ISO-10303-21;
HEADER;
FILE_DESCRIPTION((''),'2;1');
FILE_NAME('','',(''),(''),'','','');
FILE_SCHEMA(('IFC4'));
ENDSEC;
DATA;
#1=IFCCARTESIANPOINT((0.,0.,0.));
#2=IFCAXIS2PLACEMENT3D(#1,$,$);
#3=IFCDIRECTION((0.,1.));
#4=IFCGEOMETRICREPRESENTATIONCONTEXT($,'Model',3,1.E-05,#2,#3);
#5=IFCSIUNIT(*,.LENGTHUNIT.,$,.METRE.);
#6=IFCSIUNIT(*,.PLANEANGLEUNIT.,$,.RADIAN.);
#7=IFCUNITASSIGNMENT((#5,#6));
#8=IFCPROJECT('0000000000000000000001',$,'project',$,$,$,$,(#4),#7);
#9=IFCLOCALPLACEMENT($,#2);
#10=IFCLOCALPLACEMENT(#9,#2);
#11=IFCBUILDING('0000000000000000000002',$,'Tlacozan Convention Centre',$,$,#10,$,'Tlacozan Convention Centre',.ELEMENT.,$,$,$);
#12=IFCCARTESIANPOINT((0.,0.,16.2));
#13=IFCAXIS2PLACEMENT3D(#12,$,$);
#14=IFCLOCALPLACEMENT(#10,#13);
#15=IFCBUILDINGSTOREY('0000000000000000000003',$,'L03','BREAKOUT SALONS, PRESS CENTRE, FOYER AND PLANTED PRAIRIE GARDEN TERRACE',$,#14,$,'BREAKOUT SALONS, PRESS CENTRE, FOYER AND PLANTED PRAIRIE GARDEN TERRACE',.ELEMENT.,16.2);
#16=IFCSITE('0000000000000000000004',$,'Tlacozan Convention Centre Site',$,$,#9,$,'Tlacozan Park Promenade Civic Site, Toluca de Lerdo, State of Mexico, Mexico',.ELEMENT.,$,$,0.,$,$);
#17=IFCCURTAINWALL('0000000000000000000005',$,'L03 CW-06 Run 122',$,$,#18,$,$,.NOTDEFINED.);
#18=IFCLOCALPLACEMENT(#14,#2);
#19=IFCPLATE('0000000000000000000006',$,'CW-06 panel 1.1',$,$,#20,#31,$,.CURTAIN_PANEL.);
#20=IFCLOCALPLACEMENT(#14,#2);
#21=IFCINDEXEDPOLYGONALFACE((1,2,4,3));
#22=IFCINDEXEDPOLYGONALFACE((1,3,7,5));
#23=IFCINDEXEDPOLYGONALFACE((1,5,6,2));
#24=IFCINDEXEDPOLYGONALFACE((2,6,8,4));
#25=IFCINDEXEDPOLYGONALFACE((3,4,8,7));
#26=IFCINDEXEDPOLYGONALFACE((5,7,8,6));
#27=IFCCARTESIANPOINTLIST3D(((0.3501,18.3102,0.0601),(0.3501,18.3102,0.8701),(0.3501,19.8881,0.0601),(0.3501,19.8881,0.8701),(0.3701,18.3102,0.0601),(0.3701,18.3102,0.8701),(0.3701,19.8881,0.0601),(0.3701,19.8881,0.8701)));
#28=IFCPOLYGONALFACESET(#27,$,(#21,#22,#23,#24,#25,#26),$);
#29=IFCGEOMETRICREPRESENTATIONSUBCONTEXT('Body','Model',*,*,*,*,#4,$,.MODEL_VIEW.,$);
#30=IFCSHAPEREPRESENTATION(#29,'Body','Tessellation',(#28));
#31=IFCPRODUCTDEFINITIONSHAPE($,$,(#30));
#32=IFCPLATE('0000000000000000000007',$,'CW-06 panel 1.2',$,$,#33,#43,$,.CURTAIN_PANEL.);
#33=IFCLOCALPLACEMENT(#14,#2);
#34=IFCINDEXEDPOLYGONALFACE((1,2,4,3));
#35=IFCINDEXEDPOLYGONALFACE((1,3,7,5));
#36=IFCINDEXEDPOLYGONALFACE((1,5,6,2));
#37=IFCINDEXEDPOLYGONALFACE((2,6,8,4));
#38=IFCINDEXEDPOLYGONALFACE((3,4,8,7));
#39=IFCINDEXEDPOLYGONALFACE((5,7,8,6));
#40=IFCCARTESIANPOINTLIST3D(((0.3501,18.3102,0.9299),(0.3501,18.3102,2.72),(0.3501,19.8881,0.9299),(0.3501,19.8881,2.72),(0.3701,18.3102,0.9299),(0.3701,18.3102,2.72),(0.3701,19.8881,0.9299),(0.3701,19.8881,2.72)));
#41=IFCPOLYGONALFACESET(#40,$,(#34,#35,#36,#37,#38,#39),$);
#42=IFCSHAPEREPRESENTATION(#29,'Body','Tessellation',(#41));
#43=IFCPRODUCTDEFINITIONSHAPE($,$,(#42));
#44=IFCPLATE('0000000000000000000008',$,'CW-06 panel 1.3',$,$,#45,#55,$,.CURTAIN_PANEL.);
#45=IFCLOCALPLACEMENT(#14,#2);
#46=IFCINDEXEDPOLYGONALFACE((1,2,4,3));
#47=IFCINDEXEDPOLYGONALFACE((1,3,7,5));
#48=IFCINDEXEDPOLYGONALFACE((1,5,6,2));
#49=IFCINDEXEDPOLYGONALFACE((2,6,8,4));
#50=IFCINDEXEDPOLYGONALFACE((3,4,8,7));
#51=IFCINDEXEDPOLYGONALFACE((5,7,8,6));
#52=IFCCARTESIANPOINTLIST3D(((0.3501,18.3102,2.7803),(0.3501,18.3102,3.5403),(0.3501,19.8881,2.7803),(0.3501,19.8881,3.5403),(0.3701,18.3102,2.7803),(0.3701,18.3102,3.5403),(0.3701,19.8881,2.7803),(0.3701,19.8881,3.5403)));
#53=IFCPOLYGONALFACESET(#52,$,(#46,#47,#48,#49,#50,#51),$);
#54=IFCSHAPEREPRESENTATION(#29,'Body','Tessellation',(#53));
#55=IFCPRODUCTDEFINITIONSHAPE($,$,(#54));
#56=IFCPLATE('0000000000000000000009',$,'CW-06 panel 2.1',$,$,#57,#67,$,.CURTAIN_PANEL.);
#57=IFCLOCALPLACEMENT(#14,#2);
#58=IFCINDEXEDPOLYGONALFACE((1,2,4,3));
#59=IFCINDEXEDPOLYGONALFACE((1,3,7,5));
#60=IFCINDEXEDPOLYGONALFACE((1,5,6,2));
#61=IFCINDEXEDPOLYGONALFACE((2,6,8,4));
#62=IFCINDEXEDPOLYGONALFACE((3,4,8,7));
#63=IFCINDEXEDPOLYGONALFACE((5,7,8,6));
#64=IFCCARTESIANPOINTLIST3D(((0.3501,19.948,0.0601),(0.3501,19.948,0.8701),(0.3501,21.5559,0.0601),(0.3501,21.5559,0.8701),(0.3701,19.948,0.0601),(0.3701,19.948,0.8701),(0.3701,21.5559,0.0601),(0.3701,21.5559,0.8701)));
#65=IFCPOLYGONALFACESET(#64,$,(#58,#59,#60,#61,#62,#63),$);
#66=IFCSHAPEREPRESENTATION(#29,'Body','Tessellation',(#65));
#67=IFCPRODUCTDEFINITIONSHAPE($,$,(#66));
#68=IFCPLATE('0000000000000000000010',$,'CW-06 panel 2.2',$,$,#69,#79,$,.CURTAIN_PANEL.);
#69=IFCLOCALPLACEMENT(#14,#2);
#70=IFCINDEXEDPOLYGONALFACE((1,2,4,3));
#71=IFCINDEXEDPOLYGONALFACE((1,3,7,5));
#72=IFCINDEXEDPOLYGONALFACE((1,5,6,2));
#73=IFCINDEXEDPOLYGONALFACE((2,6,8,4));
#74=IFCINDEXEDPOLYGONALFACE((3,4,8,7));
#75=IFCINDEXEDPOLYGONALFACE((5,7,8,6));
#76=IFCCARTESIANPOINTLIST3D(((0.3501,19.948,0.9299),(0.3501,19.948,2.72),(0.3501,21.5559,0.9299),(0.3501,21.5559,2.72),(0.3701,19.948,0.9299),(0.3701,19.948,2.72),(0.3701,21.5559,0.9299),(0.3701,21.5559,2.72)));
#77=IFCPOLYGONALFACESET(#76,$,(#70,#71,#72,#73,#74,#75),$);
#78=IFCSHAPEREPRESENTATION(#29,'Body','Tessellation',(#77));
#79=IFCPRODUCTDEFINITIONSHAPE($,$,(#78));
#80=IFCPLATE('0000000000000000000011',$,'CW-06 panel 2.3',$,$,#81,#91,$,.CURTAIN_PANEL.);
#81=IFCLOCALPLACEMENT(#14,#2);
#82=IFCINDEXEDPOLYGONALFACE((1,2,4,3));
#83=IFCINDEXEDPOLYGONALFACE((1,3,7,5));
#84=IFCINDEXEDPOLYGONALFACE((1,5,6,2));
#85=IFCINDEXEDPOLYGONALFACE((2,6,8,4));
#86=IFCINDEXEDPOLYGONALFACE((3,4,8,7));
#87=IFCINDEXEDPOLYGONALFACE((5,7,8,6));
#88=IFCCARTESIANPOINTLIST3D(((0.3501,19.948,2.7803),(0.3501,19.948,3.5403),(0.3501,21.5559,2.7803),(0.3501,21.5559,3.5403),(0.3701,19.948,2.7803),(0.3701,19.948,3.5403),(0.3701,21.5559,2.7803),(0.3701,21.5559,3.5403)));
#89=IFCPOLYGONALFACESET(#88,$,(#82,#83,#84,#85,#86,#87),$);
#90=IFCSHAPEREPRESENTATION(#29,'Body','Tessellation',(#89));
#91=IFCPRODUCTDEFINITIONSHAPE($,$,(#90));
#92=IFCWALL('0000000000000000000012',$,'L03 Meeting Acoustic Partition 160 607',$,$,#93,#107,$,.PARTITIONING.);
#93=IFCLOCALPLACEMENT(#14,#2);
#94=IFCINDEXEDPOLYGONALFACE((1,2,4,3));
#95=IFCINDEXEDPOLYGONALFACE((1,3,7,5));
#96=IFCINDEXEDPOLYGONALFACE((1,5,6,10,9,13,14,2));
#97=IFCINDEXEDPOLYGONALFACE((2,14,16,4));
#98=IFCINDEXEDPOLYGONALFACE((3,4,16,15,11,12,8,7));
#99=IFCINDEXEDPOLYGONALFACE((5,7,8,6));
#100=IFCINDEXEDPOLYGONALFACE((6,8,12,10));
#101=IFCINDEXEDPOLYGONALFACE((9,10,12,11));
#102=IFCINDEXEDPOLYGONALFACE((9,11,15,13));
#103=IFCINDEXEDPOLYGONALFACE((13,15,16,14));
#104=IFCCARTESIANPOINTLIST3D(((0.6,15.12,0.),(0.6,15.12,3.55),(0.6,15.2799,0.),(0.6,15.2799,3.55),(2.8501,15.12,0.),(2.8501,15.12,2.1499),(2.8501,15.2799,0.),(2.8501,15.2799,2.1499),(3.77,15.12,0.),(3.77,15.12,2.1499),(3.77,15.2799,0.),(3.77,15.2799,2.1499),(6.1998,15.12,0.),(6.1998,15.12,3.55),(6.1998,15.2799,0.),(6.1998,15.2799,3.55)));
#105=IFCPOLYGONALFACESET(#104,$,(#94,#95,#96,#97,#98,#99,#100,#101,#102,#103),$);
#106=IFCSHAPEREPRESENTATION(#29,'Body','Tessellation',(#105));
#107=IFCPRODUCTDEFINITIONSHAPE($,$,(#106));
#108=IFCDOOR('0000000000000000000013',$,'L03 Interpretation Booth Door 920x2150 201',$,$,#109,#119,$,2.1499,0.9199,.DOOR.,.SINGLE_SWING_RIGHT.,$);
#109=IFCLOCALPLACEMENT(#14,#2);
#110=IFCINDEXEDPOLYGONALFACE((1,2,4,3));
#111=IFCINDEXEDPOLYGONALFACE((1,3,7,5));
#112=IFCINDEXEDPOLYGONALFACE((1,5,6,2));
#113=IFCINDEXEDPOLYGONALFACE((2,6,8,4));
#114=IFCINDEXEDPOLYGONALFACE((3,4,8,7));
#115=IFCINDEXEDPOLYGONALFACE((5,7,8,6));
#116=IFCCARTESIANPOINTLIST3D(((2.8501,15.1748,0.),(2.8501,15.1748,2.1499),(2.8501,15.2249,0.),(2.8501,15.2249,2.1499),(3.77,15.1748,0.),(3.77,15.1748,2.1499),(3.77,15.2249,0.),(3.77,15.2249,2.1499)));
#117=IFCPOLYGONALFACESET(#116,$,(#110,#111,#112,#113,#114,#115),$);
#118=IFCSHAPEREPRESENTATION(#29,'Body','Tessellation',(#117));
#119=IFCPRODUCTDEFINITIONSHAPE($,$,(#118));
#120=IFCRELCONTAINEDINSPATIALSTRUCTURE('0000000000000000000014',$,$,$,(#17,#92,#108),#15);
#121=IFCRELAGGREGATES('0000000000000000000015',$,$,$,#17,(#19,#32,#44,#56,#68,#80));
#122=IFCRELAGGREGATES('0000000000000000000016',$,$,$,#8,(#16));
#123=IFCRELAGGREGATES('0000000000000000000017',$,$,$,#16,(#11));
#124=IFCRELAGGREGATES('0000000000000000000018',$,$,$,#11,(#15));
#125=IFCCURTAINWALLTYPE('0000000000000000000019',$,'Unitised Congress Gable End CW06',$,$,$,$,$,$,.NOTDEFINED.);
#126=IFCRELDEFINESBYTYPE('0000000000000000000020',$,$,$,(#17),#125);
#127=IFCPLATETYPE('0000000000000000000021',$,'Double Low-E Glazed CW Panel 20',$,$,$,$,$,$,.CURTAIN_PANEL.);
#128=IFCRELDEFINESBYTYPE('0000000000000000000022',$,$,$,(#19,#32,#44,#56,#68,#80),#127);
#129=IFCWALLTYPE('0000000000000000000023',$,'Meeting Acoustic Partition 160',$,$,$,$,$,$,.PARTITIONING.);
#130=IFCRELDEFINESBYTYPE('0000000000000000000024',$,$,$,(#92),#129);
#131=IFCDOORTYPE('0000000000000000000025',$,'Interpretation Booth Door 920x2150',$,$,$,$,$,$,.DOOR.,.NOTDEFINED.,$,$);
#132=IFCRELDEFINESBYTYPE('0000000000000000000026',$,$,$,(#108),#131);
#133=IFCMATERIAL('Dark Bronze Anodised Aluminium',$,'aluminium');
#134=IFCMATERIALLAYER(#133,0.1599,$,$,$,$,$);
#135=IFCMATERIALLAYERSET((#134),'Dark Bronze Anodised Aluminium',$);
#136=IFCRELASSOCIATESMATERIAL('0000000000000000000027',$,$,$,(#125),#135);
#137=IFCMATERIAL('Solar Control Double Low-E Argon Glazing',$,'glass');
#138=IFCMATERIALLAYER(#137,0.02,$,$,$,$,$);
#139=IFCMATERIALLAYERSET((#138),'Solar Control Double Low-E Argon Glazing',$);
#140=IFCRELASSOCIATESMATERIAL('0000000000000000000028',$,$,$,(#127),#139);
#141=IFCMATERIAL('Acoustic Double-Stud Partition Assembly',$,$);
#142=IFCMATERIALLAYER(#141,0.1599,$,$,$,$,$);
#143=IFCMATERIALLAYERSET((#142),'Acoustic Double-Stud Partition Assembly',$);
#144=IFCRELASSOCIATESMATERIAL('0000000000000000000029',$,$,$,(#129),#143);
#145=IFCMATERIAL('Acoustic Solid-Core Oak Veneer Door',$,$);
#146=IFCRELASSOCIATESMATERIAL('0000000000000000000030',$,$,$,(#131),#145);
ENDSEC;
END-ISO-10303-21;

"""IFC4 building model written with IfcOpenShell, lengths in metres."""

from ifc_helpers import new_model, si_unit, direction, frame, frame_2d, origin, origin_2d, place, context, subcontext, project, spatial, rectangle, extrude, material, layer, layer_set, type_object, element, fill, aggregate, save


model = new_model("IFC4")

# Units and contexts
model_context = context("Model", 3, precision=1e-05, world=origin(), true_north=direction((0.0, 1.0)))
body_context = subcontext(model_context, "Body", "Model", "MODEL_VIEW")
ifc_project = project(units=[si_unit("LENGTHUNIT", "METRE"), si_unit("PLANEANGLEUNIT", "RADIAN")], contexts=[model_context])

# Site, building, storey
site_placement = place(None, origin())
site = spatial("IfcSite", under=ifc_project, at=site_placement, Name="Tlacozan Convention Centre Site", LongName="Tlacozan Park Promenade Civic Site, Toluca de Lerdo, State of Mexico, Mexico", CompositionType="ELEMENT", RefElevation=0.0)
building_placement = place(site_placement, origin())
building = spatial("IfcBuilding", under=site, at=building_placement, Name="Tlacozan Convention Centre", LongName="Tlacozan Convention Centre", CompositionType="ELEMENT")
storey_placement = place(building_placement, frame((0.0, 0.0, 16.2)))
storey = spatial("IfcBuildingStorey", under=building, at=storey_placement, Name="L03", Description="BREAKOUT SALONS, PRESS CENTRE, FOYER AND PLANTED PRAIRIE GARDEN TERRACE", LongName="BREAKOUT SALONS, PRESS CENTRE, FOYER AND PLANTED PRAIRIE GARDEN TERRACE", CompositionType="ELEMENT", Elevation=16.2)

# Curtain wall
ifc_material_1 = material(Name="Dark Bronze Anodised Aluminium", Category="aluminium")
ifc_layer_1 = layer(ifc_material_1, 0.1599)
ifc_layer_set_1 = layer_set([ifc_layer_1], Name="Dark Bronze Anodised Aluminium")
curtain_wall_type = type_object("IfcCurtainWallType", Name="Unitised Congress Gable End CW06", PredefinedType="NOTDEFINED", material=ifc_layer_set_1)
curtain_wall_1_placement = place(storey_placement, origin())
curtain_wall_1 = element("IfcCurtainWall", 1, at=curtain_wall_1_placement, inside=storey, type_object=curtain_wall_type, Name="L03 CW-06 Run 122", PredefinedType="NOTDEFINED")

# Plates
ifc_material_2 = material(Name="Solar Control Double Low-E Argon Glazing", Category="glass")
ifc_layer_2 = layer(ifc_material_2, 0.02)
ifc_layer_set_2 = layer_set([ifc_layer_2], Name="Solar Control Double Low-E Argon Glazing")
plate_type = type_object("IfcPlateType", Name="Double Low-E Glazed CW Panel 20", PredefinedType="CURTAIN_PANEL", material=ifc_layer_set_2)
plate_1_placement = place(storey_placement, frame((0.3601, 19.0991, 0.0601), z_axis=(0.0, 0.0, 1.0), x_axis=(0.0, 1.0, 0.0)))
plate_1 = element("IfcPlate", 2, at=plate_1_placement, type_object=plate_type, Name="CW-06 panel 1.1", PredefinedType="CURTAIN_PANEL", context=body_context, shape_type="SweptSolid", body=[
    extrude(rectangle(XDim=1.5779, YDim=0.02, at=origin_2d()), origin(), (0.0, 0.0, 1.0), 0.8101),
])
plate_2_placement = place(storey_placement, frame((0.3601, 19.0991, 0.9299), z_axis=(0.0, 0.0, 1.0), x_axis=(0.0, 1.0, 0.0)))
plate_2 = element("IfcPlate", 3, at=plate_2_placement, type_object=plate_type, Name="CW-06 panel 1.2", PredefinedType="CURTAIN_PANEL", context=body_context, shape_type="SweptSolid", body=[
    extrude(rectangle(XDim=1.5779, YDim=0.02, at=origin_2d()), origin(), (0.0, 0.0, 1.0), 1.79),
])
plate_3_placement = place(storey_placement, frame((0.3601, 19.0991, 2.7803), z_axis=(0.0, 0.0, 1.0), x_axis=(0.0, 1.0, 0.0)))
plate_3 = element("IfcPlate", 4, at=plate_3_placement, type_object=plate_type, Name="CW-06 panel 1.3", PredefinedType="CURTAIN_PANEL", context=body_context, shape_type="SweptSolid", body=[
    extrude(rectangle(XDim=1.5779, YDim=0.02, at=origin_2d()), origin(), (0.0, 0.0, 1.0), 0.76),
])
plate_4_placement = place(storey_placement, frame((0.3601, 20.752, 0.0601), z_axis=(0.0, 0.0, 1.0), x_axis=(0.0, 1.0, 0.0)))
plate_4 = element("IfcPlate", 5, at=plate_4_placement, type_object=plate_type, Name="CW-06 panel 2.1", PredefinedType="CURTAIN_PANEL", context=body_context, shape_type="SweptSolid", body=[
    extrude(rectangle(XDim=1.6079, YDim=0.02, at=origin_2d()), origin(), (0.0, 0.0, 1.0), 0.8101),
])
plate_5_placement = place(storey_placement, frame((0.3601, 20.752, 0.9299), z_axis=(0.0, 0.0, 1.0), x_axis=(0.0, 1.0, 0.0)))
plate_5 = element("IfcPlate", 6, at=plate_5_placement, type_object=plate_type, Name="CW-06 panel 2.2", PredefinedType="CURTAIN_PANEL", context=body_context, shape_type="SweptSolid", body=[
    extrude(rectangle(XDim=1.6079, YDim=0.02, at=origin_2d()), origin(), (0.0, 0.0, 1.0), 1.79),
])
plate_6_placement = place(storey_placement, frame((0.3601, 20.752, 2.7803), z_axis=(0.0, 0.0, 1.0), x_axis=(0.0, 1.0, 0.0)))
plate_6 = element("IfcPlate", 7, at=plate_6_placement, type_object=plate_type, Name="CW-06 panel 2.3", PredefinedType="CURTAIN_PANEL", context=body_context, shape_type="SweptSolid", body=[
    extrude(rectangle(XDim=1.6079, YDim=0.02, at=origin_2d()), origin(), (0.0, 0.0, 1.0), 0.76),
])
aggregate(curtain_wall_1, [plate_1, plate_2, plate_3, plate_4, plate_5, plate_6])

# Wall, opening, door
ifc_material_3 = material(Name="Acoustic Double-Stud Partition Assembly")
ifc_layer_3 = layer(ifc_material_3, 0.1599)
ifc_layer_set_3 = layer_set([ifc_layer_3], Name="Acoustic Double-Stud Partition Assembly")
wall_type = type_object("IfcWallType", Name="Meeting Acoustic Partition 160", PredefinedType="PARTITIONING", material=ifc_layer_set_3)
wall_placement = place(storey_placement, frame((0.6001, 15.2, 0.0), z_axis=(0.0, 0.0, 1.0), x_axis=(1.0, 0.0, 0.0)))
wall = element("IfcWall", 8, at=wall_placement, inside=storey, type_object=wall_type, Name="L03 Meeting Acoustic Partition 160 607", PredefinedType="PARTITIONING", context=body_context, shape_type="SweptSolid", body=[
    extrude(rectangle(XDim=5.5999, YDim=0.1599, at=frame_2d((2.7998, 0.0))), origin(), (0.0, 0.0, 1.0), 3.55),
])
opening_placement = place(wall_placement, frame((2.25, 0.0, 0.0)))
opening = element("IfcOpeningElement", 9, at=opening_placement, cuts=wall, PredefinedType="OPENING", context=body_context, shape_type="SweptSolid", body=[
    extrude(rectangle(XDim=0.9199, YDim=2.1499, at=frame_2d((0.46, 1.075))), frame((0.0, 0.0898, 0.0), z_axis=(0.0, -1.0, 0.0), x_axis=(1.0, 0.0, 0.0)), (0.0, 0.0, 1.0), 0.1799),
])
ifc_material_4 = material(Name="Acoustic Solid-Core Oak Veneer Door")
door_type = type_object("IfcDoorType", Name="Interpretation Booth Door 920x2150", OperationType="NOTDEFINED", PredefinedType="DOOR", material=ifc_material_4)
door_placement = place(opening_placement, origin())
door = element("IfcDoor", 10, at=door_placement, inside=storey, type_object=door_type, Name="L03 Interpretation Booth Door 920x2150 201", OperationType="SINGLE_SWING_RIGHT", OverallHeight=2.1499, OverallWidth=0.9199, PredefinedType="DOOR", context=body_context, shape_type="SweptSolid", body=[
    extrude(rectangle(XDim=0.9199, YDim=2.1499, at=frame_2d((0.46, 1.075))), frame((0.0, 0.0249, 0.0), z_axis=(0.0, -1.0, 0.0), x_axis=(1.0, 0.0, 0.0)), (0.0, 0.0, 1.0), 0.05),
])
fill(opening, door)

save(model, "model.ifc")
